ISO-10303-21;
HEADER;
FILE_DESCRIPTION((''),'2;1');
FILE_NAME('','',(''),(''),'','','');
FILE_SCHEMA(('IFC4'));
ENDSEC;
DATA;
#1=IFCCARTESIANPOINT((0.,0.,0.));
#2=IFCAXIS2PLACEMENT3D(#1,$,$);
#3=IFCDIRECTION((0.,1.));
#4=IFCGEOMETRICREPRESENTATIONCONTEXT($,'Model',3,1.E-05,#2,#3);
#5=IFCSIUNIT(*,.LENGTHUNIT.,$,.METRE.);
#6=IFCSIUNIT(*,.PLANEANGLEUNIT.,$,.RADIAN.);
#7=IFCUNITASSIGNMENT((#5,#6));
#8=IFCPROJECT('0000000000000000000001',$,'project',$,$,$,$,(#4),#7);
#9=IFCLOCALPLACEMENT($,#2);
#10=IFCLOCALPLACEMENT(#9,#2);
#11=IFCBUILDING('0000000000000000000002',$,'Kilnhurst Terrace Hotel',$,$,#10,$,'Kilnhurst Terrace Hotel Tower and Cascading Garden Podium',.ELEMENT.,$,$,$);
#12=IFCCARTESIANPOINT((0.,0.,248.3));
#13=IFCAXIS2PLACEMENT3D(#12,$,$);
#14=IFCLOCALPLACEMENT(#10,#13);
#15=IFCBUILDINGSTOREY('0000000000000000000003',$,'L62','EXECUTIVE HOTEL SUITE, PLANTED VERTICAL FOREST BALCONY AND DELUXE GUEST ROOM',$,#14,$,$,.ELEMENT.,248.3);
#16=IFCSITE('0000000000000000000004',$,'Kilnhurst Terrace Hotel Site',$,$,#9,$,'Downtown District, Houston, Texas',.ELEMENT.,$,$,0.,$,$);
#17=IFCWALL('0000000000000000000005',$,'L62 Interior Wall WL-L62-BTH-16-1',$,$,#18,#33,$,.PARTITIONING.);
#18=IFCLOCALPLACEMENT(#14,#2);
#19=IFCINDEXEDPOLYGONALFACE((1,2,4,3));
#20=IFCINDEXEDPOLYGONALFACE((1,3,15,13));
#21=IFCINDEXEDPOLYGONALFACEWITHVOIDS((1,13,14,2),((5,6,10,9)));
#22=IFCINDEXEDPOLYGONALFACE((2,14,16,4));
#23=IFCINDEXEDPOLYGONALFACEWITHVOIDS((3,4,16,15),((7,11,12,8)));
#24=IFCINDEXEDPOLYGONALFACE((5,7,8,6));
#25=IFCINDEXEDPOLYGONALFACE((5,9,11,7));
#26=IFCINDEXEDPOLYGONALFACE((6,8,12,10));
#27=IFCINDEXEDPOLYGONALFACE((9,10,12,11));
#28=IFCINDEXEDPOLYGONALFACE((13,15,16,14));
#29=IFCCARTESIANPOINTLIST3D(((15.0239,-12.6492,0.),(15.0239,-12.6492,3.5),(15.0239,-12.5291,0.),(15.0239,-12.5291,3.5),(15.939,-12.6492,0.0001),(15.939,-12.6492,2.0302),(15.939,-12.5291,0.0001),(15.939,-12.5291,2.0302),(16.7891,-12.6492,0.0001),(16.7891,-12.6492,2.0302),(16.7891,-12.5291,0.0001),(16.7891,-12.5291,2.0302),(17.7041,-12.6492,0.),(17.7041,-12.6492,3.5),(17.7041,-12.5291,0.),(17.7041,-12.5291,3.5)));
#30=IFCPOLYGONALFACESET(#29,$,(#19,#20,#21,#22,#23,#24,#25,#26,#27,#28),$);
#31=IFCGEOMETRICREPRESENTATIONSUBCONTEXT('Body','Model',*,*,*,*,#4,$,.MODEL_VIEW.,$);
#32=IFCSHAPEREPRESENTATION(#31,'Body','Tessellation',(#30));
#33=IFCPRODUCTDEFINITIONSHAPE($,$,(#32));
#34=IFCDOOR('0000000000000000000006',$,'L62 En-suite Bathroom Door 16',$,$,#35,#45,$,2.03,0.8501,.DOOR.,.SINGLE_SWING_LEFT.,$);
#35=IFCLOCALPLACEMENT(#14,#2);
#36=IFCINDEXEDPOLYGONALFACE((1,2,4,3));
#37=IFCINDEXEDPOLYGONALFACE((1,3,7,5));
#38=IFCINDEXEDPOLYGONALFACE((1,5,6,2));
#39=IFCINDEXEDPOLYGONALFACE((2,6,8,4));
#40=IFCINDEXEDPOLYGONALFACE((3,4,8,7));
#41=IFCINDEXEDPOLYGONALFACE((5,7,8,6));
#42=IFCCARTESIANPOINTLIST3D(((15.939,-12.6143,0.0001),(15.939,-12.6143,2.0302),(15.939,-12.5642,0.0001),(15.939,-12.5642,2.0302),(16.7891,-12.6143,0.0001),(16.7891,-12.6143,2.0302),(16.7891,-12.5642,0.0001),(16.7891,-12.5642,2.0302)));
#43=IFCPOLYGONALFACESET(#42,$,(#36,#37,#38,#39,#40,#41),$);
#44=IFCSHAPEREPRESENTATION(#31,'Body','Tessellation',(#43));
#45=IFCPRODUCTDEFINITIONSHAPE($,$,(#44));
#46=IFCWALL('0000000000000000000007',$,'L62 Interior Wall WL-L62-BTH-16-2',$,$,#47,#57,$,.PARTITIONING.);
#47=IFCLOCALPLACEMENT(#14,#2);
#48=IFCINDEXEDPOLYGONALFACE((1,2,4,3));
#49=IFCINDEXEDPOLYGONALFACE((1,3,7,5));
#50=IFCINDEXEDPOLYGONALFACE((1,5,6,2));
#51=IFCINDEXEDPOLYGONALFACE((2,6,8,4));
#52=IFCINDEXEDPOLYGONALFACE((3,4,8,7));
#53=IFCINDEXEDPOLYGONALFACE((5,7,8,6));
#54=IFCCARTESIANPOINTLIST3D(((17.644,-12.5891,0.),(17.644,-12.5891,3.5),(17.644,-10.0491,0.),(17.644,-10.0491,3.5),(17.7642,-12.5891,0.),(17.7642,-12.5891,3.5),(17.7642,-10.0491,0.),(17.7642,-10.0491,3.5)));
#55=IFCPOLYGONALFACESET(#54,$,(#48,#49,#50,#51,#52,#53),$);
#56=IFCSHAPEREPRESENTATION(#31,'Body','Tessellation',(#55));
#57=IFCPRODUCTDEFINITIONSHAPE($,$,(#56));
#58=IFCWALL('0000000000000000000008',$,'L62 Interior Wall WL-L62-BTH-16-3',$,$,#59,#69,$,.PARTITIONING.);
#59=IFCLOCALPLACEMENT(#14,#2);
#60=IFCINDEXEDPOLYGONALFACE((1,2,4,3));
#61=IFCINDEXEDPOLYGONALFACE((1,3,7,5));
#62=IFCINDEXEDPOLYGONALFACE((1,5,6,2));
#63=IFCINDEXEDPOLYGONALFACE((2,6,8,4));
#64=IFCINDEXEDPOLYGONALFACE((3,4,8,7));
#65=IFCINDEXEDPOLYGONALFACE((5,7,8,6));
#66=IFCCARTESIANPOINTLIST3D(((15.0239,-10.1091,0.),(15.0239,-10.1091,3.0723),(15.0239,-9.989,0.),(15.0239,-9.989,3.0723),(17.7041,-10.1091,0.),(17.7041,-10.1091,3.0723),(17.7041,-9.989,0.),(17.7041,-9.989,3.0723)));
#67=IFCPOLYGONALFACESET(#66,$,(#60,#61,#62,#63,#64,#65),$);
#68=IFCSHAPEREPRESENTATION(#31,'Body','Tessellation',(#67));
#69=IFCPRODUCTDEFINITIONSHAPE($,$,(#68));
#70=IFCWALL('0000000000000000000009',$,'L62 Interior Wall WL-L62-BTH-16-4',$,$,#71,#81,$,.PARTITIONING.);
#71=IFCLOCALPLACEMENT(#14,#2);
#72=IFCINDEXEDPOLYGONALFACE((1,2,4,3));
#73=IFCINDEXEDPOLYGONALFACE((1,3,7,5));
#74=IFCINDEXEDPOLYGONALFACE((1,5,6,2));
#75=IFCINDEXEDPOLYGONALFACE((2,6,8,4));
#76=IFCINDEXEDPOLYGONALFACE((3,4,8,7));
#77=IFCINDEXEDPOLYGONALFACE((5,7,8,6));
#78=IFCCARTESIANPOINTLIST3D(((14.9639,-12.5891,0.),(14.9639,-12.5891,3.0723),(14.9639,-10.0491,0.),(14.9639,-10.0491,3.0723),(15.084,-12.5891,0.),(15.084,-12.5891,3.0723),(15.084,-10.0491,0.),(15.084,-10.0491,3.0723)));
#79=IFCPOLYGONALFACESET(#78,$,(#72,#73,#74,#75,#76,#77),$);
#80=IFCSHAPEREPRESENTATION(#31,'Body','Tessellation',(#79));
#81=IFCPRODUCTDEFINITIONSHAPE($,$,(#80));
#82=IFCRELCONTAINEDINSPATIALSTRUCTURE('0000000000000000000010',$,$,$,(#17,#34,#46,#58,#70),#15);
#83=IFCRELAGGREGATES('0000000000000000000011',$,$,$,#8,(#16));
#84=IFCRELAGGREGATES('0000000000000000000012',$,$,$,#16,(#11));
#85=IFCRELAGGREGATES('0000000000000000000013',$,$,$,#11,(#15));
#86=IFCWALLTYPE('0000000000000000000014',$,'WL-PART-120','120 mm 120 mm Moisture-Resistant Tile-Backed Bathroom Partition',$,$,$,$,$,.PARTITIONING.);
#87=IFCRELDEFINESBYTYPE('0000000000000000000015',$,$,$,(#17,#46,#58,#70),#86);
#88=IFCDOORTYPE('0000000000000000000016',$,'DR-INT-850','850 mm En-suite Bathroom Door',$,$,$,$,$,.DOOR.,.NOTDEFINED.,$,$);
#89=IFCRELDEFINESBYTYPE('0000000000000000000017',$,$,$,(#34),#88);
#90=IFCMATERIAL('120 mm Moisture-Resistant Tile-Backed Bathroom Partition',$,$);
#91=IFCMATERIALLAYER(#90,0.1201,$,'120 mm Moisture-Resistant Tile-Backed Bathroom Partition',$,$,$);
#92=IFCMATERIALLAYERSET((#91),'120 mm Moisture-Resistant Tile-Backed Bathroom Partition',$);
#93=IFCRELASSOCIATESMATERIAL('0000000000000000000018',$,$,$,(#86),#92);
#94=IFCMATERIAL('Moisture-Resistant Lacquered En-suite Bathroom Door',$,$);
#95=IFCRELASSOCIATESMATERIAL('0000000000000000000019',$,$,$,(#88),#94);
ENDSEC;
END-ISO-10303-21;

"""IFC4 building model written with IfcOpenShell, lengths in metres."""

from ifc_helpers import new_model, si_unit, direction, frame, frame_2d, origin, place, context, subcontext, project, spatial, rectangle, extrude, material, layer, layer_set, type_object, element, fill, save


model = new_model("IFC4")

# Units and contexts
model_context = context("Model", 3, precision=1e-05, world=origin(), true_north=direction((0.0, 1.0)))
body_context = subcontext(model_context, "Body", "Model", "MODEL_VIEW")
ifc_project = project(units=[si_unit("LENGTHUNIT", "METRE"), si_unit("PLANEANGLEUNIT", "RADIAN")], contexts=[model_context])

# Site, building, storey
site_placement = place(None, origin())
site = spatial("IfcSite", under=ifc_project, at=site_placement, Name="Kilnhurst Terrace Hotel Site", LongName="Downtown District, Houston, Texas", CompositionType="ELEMENT", RefElevation=0.0)
building_placement = place(site_placement, origin())
building = spatial("IfcBuilding", under=site, at=building_placement, Name="Kilnhurst Terrace Hotel", LongName="Kilnhurst Terrace Hotel Tower and Cascading Garden Podium", CompositionType="ELEMENT")
storey_placement = place(building_placement, frame((0.0, 0.0, 248.3)))
storey = spatial("IfcBuildingStorey", under=building, at=storey_placement, Name="L62", Description="EXECUTIVE HOTEL SUITE, PLANTED VERTICAL FOREST BALCONY AND DELUXE GUEST ROOM", CompositionType="ELEMENT", Elevation=248.3)

# Wall, opening, door
ifc_material_1 = material(Name="120 mm Moisture-Resistant Tile-Backed Bathroom Partition")
ifc_layer_1 = layer(ifc_material_1, 0.1201, Name="120 mm Moisture-Resistant Tile-Backed Bathroom Partition")
ifc_layer_set_1 = layer_set([ifc_layer_1], Name="120 mm Moisture-Resistant Tile-Backed Bathroom Partition")
wall_type_1 = type_object("IfcWallType", Name="WL-PART-120", Description="120 mm 120 mm Moisture-Resistant Tile-Backed Bathroom Partition", PredefinedType="PARTITIONING", material=ifc_layer_set_1)
wall_1_placement = place(storey_placement, frame((15.0239, -12.5891, 0.0), z_axis=(0.0, 0.0, 1.0), x_axis=(1.0, 0.0, 0.0)))
wall_1 = element("IfcWall", 1, at=wall_1_placement, inside=storey, type_object=wall_type_1, Name="L62 Interior Wall WL-L62-BTH-16-1", PredefinedType="PARTITIONING", context=body_context, shape_type="SweptSolid", body=[
    extrude(rectangle(XDim=2.6802, YDim=0.1201, at=frame_2d((1.3401, 0.0))), origin(), (0.0, 0.0, 1.0), 3.5),
])
opening_1_placement = place(wall_1_placement, frame((0.915, 0.0, 0.0)))
opening_1 = element("IfcOpeningElement", 2, at=opening_1_placement, cuts=wall_1, PredefinedType="OPENING", context=body_context, shape_type="SweptSolid", body=[
    extrude(rectangle(XDim=0.8501, YDim=2.03, at=frame_2d((0.425, 1.0151))), frame((0.0, 0.0701, 0.0), z_axis=(0.0, -1.0, 0.0), x_axis=(1.0, 0.0, 0.0)), (0.0, 0.0, 1.0), 0.1401),
])
ifc_material_2 = material(Name="Moisture-Resistant Lacquered En-suite Bathroom Door")
door_type_1 = type_object("IfcDoorType", Name="DR-INT-850", Description="850 mm En-suite Bathroom Door", OperationType="NOTDEFINED", PredefinedType="DOOR", material=ifc_material_2)
door_1_placement = place(opening_1_placement, origin())
door_1 = element("IfcDoor", 3, at=door_1_placement, inside=storey, type_object=door_type_1, Name="L62 En-suite Bathroom Door 16", OperationType="SINGLE_SWING_LEFT", OverallHeight=2.03, OverallWidth=0.8501, PredefinedType="DOOR", context=body_context, shape_type="SweptSolid", body=[
    extrude(rectangle(XDim=0.8501, YDim=2.03, at=frame_2d((0.425, 1.0151))), frame((0.0, 0.0249, 0.0), z_axis=(0.0, -1.0, 0.0), x_axis=(1.0, 0.0, 0.0)), (0.0, 0.0, 1.0), 0.05),
])
fill(opening_1, door_1)

# Walls
wall_2_placement = place(storey_placement, frame((17.7041, -12.5891, 0.0), z_axis=(0.0, 0.0, 1.0), x_axis=(0.0, 1.0, 0.0)))
element("IfcWall", 4, at=wall_2_placement, inside=storey, type_object=wall_type_1, Name="L62 Interior Wall WL-L62-BTH-16-2", PredefinedType="PARTITIONING", context=body_context, shape_type="SweptSolid", body=[
    extrude(rectangle(XDim=2.54, YDim=0.1201, at=frame_2d((1.27, 0.0))), origin(), (0.0, 0.0, 1.0), 3.5),
])
wall_3_placement = place(storey_placement, frame((17.7041, -10.0491, 0.0), z_axis=(0.0, 0.0, 1.0), x_axis=(-1.0, 0.0, 0.0)))
element("IfcWall", 5, at=wall_3_placement, inside=storey, type_object=wall_type_1, Name="L62 Interior Wall WL-L62-BTH-16-3", PredefinedType="PARTITIONING", context=body_context, shape_type="SweptSolid", body=[
    extrude(rectangle(XDim=2.6802, YDim=0.1201, at=frame_2d((1.3401, 0.0))), origin(), (0.0, 0.0, 1.0), 3.0723),
])
wall_4_placement = place(storey_placement, frame((15.0239, -10.0491, 0.0), z_axis=(0.0, 0.0, 1.0), x_axis=(0.0, -1.0, 0.0)))
element("IfcWall", 6, at=wall_4_placement, inside=storey, type_object=wall_type_1, Name="L62 Interior Wall WL-L62-BTH-16-4", PredefinedType="PARTITIONING", context=body_context, shape_type="SweptSolid", body=[
    extrude(rectangle(XDim=2.54, YDim=0.1201, at=frame_2d((1.27, 0.0))), origin(), (0.0, 0.0, 1.0), 3.0723),
])

save(model, "model.ifc")
